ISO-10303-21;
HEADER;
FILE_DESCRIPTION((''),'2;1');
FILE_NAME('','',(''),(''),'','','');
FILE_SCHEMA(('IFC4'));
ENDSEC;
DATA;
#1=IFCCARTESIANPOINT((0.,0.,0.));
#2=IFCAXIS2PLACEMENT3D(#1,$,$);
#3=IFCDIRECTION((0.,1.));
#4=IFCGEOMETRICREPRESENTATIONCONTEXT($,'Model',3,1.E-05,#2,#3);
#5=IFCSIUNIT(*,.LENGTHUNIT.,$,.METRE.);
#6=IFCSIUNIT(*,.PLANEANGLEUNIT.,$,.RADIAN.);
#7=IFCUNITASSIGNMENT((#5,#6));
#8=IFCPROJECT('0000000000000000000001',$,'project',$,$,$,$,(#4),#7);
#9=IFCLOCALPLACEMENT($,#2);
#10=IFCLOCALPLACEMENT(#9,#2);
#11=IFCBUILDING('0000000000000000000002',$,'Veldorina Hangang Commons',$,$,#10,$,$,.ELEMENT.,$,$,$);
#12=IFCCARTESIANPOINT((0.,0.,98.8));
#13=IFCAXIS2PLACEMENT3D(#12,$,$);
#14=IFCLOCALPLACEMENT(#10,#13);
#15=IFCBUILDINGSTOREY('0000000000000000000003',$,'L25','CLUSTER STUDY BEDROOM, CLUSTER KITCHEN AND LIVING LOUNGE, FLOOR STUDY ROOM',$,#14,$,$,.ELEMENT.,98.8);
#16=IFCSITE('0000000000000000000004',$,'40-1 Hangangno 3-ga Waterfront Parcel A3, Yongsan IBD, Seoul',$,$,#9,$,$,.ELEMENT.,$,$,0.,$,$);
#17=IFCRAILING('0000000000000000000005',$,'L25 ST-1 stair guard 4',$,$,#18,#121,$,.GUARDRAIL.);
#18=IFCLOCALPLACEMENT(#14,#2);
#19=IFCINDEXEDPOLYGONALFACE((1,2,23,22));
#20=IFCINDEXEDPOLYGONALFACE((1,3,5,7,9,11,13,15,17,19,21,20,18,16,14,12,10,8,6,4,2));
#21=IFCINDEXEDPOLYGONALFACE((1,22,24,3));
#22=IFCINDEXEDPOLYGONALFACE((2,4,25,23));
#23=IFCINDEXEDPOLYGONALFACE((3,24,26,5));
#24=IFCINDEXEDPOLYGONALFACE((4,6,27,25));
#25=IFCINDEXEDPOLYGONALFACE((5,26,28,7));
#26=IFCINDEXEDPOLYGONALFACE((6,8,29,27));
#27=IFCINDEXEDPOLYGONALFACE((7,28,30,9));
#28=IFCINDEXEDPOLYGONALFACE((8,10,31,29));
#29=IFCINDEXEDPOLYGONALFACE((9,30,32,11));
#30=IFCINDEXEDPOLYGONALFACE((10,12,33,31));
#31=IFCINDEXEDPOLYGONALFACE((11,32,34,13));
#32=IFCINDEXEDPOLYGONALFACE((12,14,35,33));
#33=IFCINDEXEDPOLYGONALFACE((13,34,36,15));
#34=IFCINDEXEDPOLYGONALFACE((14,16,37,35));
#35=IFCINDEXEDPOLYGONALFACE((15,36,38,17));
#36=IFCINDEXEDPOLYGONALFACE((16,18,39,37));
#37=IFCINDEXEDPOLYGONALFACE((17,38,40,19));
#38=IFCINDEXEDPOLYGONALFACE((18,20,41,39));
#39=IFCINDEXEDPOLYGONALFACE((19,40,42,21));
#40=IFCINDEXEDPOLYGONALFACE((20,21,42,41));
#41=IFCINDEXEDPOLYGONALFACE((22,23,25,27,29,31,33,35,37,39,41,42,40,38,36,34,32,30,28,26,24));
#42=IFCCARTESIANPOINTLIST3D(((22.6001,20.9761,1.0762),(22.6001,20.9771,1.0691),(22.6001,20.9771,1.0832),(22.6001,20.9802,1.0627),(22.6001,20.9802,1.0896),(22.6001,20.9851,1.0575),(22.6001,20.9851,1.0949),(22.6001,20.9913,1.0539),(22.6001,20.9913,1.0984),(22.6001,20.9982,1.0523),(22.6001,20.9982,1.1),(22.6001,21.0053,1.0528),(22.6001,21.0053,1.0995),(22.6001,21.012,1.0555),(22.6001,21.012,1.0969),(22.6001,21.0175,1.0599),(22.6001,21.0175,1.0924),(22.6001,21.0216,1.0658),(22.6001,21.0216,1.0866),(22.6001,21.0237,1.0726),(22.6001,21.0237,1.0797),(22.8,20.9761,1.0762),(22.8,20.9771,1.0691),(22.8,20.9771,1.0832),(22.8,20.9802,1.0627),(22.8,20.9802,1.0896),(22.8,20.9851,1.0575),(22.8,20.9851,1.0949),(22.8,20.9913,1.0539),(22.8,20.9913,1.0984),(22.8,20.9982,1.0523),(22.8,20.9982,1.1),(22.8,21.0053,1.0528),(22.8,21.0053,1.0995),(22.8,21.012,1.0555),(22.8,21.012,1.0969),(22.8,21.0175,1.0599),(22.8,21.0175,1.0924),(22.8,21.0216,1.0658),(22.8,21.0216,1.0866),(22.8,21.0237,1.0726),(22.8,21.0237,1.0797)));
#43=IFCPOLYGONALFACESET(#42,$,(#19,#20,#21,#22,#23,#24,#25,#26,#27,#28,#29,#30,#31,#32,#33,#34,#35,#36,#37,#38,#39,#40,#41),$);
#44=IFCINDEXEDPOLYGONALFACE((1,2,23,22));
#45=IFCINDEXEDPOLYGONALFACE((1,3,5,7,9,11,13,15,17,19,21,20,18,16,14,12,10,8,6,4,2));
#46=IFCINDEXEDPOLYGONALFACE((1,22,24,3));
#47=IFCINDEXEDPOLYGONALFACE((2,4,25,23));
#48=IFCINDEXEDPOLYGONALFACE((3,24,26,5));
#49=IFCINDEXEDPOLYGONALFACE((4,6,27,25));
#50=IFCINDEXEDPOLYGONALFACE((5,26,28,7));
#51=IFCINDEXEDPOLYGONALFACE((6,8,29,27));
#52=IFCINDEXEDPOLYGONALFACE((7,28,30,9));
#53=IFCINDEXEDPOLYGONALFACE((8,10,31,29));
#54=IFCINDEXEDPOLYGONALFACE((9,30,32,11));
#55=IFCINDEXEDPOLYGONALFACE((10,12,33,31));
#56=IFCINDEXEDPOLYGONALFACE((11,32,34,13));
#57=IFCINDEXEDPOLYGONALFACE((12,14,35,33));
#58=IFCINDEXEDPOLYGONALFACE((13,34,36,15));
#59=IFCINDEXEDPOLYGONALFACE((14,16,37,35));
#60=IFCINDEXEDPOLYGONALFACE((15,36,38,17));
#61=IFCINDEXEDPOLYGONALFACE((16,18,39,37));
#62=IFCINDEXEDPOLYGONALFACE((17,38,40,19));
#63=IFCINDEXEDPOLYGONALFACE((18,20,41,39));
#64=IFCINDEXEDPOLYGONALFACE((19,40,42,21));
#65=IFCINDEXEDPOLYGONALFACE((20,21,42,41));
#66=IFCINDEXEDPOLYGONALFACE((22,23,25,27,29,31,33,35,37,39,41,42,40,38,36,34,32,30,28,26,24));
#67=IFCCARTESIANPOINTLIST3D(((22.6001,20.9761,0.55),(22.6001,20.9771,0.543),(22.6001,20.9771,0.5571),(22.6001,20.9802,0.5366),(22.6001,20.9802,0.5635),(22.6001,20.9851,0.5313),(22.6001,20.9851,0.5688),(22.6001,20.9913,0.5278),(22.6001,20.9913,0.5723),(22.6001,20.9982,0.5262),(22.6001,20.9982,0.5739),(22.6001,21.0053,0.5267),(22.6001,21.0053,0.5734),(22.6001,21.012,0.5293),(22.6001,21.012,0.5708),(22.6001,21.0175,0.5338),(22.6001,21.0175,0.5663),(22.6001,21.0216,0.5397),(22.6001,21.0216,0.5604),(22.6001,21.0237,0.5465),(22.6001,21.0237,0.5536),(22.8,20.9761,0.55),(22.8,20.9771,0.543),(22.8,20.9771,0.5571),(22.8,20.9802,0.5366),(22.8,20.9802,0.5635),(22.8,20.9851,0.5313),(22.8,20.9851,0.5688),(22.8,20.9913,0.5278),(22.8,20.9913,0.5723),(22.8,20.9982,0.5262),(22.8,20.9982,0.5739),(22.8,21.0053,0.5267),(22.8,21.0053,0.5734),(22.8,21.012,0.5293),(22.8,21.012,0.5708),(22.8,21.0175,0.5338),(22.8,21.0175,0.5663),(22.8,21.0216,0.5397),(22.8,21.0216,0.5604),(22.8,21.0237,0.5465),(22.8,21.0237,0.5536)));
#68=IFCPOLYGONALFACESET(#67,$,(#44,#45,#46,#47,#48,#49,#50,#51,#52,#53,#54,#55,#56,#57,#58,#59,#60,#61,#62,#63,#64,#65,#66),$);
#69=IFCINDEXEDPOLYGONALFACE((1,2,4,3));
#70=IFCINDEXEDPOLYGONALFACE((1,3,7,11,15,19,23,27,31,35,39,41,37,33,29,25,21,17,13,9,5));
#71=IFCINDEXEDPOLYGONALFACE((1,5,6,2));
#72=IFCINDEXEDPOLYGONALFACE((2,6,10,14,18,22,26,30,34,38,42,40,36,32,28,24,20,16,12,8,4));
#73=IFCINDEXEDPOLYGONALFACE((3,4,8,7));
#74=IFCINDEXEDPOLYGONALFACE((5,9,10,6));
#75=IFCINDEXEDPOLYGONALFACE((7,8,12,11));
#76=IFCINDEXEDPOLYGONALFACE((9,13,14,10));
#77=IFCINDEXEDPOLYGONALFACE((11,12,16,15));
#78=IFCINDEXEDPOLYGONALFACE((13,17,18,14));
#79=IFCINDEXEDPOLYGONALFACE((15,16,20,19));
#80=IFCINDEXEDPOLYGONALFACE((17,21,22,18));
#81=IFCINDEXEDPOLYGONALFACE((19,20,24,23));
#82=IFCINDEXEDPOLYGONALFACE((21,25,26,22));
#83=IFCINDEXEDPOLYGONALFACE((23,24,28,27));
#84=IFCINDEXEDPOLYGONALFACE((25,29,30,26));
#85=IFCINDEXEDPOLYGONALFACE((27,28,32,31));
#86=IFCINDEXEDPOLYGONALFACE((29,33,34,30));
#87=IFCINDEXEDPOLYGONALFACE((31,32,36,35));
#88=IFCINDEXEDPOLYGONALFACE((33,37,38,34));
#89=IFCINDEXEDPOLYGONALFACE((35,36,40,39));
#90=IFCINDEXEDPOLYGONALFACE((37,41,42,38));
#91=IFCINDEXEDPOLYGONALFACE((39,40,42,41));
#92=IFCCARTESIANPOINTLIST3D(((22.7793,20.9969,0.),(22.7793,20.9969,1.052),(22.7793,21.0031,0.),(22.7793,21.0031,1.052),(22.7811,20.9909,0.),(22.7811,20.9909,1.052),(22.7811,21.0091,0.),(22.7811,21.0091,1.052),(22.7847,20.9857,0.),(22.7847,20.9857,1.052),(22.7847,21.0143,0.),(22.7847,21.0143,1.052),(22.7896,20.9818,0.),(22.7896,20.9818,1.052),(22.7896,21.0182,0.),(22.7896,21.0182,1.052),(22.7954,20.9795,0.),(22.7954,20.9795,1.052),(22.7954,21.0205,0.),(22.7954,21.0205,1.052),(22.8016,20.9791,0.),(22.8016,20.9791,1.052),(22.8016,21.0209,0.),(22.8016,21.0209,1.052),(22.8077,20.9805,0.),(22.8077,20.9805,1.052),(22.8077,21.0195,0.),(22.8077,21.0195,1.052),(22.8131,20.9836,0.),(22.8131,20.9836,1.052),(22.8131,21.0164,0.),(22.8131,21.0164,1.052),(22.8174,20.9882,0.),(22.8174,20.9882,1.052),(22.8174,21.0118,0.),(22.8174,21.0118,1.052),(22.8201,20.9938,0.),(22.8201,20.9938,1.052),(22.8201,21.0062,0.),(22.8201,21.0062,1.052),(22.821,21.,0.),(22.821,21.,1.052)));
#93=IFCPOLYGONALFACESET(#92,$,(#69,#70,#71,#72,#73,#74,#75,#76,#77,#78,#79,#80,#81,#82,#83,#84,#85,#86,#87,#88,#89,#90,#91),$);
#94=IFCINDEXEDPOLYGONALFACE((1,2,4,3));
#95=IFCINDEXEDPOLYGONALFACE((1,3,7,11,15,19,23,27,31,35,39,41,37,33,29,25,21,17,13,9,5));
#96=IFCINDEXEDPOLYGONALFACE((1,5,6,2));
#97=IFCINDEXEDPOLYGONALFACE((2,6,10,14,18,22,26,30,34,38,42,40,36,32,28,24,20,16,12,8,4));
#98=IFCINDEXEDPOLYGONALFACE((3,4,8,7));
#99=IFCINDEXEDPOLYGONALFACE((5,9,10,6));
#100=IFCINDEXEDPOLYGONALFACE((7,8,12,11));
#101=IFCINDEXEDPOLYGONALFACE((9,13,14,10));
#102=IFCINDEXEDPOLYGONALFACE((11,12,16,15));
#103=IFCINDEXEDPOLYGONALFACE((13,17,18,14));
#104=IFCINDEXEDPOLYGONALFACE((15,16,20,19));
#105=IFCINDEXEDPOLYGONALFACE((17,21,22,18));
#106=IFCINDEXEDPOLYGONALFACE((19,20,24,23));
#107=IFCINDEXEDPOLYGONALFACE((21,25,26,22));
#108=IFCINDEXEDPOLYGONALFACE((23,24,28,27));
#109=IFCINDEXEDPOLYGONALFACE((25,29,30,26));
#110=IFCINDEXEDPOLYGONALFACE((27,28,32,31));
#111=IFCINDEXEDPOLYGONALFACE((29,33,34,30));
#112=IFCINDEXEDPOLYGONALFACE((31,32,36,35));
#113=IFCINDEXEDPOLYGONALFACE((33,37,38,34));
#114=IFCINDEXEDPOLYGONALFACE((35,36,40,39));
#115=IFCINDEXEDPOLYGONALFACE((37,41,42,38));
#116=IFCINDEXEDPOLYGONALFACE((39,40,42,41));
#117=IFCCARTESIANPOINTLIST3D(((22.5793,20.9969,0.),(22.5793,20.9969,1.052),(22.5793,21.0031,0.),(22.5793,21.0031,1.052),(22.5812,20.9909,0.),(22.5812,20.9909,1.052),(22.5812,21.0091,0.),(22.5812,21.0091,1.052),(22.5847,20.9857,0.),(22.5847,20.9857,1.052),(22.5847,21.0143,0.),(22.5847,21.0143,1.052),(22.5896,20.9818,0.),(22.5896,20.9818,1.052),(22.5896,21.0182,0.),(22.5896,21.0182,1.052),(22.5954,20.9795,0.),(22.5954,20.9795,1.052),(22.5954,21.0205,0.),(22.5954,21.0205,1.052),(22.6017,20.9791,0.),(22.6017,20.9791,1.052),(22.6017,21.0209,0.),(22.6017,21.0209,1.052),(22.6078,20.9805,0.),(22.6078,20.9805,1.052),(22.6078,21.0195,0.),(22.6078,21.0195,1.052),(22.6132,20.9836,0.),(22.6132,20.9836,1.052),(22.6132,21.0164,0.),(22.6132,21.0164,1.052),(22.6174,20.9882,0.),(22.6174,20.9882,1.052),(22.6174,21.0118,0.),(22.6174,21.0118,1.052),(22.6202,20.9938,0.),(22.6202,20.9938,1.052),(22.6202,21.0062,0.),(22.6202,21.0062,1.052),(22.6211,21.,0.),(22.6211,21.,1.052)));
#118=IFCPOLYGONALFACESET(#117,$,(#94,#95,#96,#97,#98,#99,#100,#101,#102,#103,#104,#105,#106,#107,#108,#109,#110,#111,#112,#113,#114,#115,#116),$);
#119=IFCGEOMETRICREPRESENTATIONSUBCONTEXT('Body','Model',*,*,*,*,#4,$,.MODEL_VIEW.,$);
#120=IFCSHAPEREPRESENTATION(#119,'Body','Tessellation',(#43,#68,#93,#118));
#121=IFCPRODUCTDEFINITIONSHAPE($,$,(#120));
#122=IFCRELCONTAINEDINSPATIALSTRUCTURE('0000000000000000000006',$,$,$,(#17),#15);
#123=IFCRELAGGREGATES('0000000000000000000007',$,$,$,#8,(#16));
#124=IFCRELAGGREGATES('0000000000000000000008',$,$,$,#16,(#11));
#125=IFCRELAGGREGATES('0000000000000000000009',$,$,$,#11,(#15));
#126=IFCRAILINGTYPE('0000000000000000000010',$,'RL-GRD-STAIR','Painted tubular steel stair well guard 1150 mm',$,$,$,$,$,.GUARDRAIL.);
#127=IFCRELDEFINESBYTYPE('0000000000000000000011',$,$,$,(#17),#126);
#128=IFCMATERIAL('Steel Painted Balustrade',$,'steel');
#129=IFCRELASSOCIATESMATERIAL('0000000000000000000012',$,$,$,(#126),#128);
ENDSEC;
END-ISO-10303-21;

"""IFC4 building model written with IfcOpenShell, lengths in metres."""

from ifc_helpers import new_model, si_unit, direction, frame, origin, origin_2d, place, context, subcontext, project, spatial, circle, extrude, material, type_object, element, save


model = new_model("IFC4")

# Units and contexts
model_context = context("Model", 3, precision=1e-05, world=origin(), true_north=direction((0.0, 1.0)))
body_context = subcontext(model_context, "Body", "Model", "MODEL_VIEW")
ifc_project = project(units=[si_unit("LENGTHUNIT", "METRE"), si_unit("PLANEANGLEUNIT", "RADIAN")], contexts=[model_context])

# Site, building, storey
site_placement = place(None, origin())
site = spatial("IfcSite", under=ifc_project, at=site_placement, Name="40-1 Hangangno 3-ga Waterfront Parcel A3, Yongsan IBD, Seoul", CompositionType="ELEMENT", RefElevation=0.0)
building_placement = place(site_placement, origin())
building = spatial("IfcBuilding", under=site, at=building_placement, Name="Veldorina Hangang Commons", CompositionType="ELEMENT")
storey_placement = place(building_placement, frame((0.0, 0.0, 98.8)))
storey = spatial("IfcBuildingStorey", under=building, at=storey_placement, Name="L25", Description="CLUSTER STUDY BEDROOM, CLUSTER KITCHEN AND LIVING LOUNGE, FLOOR STUDY ROOM", CompositionType="ELEMENT", Elevation=98.8)

# Railing
ifc_material_1 = material(Name="Steel Painted Balustrade", Category="steel")
railing_type_1 = type_object("IfcRailingType", Name="RL-GRD-STAIR", Description="Painted tubular steel stair well guard 1150 mm", PredefinedType="GUARDRAIL", material=ifc_material_1)
railing_1_placement = place(storey_placement, frame((22.8, 21.0, 0.0)))
element("IfcRailing", 1, at=railing_1_placement, inside=storey, type_object=railing_type_1, Name="L25 ST-1 stair guard 4", PredefinedType="GUARDRAIL", context=body_context, shape_type="SweptSolid", body=[
    extrude(circle(Radius=0.0239, at=origin_2d()), frame((0.0, 0.0, 1.0762), z_axis=(-1.0, 0.0, 0.0), x_axis=(0.0, -1.0, 0.0)), (0.0, 0.0, 1.0), 0.2),
    extrude(circle(Radius=0.0239, at=origin_2d()), frame((0.0, 0.0, 0.55), z_axis=(-1.0, 0.0, 0.0), x_axis=(0.0, -1.0, 0.0)), (0.0, 0.0, 1.0), 0.2),
    extrude(circle(Radius=0.021, at=origin_2d()), origin(), (0.0, 0.0, 1.0), 1.052),
    extrude(circle(Radius=0.021, at=origin_2d()), frame((-0.2, 0.0, 0.0)), (0.0, 0.0, 1.0), 1.052),
])

save(model, "model.ifc")
